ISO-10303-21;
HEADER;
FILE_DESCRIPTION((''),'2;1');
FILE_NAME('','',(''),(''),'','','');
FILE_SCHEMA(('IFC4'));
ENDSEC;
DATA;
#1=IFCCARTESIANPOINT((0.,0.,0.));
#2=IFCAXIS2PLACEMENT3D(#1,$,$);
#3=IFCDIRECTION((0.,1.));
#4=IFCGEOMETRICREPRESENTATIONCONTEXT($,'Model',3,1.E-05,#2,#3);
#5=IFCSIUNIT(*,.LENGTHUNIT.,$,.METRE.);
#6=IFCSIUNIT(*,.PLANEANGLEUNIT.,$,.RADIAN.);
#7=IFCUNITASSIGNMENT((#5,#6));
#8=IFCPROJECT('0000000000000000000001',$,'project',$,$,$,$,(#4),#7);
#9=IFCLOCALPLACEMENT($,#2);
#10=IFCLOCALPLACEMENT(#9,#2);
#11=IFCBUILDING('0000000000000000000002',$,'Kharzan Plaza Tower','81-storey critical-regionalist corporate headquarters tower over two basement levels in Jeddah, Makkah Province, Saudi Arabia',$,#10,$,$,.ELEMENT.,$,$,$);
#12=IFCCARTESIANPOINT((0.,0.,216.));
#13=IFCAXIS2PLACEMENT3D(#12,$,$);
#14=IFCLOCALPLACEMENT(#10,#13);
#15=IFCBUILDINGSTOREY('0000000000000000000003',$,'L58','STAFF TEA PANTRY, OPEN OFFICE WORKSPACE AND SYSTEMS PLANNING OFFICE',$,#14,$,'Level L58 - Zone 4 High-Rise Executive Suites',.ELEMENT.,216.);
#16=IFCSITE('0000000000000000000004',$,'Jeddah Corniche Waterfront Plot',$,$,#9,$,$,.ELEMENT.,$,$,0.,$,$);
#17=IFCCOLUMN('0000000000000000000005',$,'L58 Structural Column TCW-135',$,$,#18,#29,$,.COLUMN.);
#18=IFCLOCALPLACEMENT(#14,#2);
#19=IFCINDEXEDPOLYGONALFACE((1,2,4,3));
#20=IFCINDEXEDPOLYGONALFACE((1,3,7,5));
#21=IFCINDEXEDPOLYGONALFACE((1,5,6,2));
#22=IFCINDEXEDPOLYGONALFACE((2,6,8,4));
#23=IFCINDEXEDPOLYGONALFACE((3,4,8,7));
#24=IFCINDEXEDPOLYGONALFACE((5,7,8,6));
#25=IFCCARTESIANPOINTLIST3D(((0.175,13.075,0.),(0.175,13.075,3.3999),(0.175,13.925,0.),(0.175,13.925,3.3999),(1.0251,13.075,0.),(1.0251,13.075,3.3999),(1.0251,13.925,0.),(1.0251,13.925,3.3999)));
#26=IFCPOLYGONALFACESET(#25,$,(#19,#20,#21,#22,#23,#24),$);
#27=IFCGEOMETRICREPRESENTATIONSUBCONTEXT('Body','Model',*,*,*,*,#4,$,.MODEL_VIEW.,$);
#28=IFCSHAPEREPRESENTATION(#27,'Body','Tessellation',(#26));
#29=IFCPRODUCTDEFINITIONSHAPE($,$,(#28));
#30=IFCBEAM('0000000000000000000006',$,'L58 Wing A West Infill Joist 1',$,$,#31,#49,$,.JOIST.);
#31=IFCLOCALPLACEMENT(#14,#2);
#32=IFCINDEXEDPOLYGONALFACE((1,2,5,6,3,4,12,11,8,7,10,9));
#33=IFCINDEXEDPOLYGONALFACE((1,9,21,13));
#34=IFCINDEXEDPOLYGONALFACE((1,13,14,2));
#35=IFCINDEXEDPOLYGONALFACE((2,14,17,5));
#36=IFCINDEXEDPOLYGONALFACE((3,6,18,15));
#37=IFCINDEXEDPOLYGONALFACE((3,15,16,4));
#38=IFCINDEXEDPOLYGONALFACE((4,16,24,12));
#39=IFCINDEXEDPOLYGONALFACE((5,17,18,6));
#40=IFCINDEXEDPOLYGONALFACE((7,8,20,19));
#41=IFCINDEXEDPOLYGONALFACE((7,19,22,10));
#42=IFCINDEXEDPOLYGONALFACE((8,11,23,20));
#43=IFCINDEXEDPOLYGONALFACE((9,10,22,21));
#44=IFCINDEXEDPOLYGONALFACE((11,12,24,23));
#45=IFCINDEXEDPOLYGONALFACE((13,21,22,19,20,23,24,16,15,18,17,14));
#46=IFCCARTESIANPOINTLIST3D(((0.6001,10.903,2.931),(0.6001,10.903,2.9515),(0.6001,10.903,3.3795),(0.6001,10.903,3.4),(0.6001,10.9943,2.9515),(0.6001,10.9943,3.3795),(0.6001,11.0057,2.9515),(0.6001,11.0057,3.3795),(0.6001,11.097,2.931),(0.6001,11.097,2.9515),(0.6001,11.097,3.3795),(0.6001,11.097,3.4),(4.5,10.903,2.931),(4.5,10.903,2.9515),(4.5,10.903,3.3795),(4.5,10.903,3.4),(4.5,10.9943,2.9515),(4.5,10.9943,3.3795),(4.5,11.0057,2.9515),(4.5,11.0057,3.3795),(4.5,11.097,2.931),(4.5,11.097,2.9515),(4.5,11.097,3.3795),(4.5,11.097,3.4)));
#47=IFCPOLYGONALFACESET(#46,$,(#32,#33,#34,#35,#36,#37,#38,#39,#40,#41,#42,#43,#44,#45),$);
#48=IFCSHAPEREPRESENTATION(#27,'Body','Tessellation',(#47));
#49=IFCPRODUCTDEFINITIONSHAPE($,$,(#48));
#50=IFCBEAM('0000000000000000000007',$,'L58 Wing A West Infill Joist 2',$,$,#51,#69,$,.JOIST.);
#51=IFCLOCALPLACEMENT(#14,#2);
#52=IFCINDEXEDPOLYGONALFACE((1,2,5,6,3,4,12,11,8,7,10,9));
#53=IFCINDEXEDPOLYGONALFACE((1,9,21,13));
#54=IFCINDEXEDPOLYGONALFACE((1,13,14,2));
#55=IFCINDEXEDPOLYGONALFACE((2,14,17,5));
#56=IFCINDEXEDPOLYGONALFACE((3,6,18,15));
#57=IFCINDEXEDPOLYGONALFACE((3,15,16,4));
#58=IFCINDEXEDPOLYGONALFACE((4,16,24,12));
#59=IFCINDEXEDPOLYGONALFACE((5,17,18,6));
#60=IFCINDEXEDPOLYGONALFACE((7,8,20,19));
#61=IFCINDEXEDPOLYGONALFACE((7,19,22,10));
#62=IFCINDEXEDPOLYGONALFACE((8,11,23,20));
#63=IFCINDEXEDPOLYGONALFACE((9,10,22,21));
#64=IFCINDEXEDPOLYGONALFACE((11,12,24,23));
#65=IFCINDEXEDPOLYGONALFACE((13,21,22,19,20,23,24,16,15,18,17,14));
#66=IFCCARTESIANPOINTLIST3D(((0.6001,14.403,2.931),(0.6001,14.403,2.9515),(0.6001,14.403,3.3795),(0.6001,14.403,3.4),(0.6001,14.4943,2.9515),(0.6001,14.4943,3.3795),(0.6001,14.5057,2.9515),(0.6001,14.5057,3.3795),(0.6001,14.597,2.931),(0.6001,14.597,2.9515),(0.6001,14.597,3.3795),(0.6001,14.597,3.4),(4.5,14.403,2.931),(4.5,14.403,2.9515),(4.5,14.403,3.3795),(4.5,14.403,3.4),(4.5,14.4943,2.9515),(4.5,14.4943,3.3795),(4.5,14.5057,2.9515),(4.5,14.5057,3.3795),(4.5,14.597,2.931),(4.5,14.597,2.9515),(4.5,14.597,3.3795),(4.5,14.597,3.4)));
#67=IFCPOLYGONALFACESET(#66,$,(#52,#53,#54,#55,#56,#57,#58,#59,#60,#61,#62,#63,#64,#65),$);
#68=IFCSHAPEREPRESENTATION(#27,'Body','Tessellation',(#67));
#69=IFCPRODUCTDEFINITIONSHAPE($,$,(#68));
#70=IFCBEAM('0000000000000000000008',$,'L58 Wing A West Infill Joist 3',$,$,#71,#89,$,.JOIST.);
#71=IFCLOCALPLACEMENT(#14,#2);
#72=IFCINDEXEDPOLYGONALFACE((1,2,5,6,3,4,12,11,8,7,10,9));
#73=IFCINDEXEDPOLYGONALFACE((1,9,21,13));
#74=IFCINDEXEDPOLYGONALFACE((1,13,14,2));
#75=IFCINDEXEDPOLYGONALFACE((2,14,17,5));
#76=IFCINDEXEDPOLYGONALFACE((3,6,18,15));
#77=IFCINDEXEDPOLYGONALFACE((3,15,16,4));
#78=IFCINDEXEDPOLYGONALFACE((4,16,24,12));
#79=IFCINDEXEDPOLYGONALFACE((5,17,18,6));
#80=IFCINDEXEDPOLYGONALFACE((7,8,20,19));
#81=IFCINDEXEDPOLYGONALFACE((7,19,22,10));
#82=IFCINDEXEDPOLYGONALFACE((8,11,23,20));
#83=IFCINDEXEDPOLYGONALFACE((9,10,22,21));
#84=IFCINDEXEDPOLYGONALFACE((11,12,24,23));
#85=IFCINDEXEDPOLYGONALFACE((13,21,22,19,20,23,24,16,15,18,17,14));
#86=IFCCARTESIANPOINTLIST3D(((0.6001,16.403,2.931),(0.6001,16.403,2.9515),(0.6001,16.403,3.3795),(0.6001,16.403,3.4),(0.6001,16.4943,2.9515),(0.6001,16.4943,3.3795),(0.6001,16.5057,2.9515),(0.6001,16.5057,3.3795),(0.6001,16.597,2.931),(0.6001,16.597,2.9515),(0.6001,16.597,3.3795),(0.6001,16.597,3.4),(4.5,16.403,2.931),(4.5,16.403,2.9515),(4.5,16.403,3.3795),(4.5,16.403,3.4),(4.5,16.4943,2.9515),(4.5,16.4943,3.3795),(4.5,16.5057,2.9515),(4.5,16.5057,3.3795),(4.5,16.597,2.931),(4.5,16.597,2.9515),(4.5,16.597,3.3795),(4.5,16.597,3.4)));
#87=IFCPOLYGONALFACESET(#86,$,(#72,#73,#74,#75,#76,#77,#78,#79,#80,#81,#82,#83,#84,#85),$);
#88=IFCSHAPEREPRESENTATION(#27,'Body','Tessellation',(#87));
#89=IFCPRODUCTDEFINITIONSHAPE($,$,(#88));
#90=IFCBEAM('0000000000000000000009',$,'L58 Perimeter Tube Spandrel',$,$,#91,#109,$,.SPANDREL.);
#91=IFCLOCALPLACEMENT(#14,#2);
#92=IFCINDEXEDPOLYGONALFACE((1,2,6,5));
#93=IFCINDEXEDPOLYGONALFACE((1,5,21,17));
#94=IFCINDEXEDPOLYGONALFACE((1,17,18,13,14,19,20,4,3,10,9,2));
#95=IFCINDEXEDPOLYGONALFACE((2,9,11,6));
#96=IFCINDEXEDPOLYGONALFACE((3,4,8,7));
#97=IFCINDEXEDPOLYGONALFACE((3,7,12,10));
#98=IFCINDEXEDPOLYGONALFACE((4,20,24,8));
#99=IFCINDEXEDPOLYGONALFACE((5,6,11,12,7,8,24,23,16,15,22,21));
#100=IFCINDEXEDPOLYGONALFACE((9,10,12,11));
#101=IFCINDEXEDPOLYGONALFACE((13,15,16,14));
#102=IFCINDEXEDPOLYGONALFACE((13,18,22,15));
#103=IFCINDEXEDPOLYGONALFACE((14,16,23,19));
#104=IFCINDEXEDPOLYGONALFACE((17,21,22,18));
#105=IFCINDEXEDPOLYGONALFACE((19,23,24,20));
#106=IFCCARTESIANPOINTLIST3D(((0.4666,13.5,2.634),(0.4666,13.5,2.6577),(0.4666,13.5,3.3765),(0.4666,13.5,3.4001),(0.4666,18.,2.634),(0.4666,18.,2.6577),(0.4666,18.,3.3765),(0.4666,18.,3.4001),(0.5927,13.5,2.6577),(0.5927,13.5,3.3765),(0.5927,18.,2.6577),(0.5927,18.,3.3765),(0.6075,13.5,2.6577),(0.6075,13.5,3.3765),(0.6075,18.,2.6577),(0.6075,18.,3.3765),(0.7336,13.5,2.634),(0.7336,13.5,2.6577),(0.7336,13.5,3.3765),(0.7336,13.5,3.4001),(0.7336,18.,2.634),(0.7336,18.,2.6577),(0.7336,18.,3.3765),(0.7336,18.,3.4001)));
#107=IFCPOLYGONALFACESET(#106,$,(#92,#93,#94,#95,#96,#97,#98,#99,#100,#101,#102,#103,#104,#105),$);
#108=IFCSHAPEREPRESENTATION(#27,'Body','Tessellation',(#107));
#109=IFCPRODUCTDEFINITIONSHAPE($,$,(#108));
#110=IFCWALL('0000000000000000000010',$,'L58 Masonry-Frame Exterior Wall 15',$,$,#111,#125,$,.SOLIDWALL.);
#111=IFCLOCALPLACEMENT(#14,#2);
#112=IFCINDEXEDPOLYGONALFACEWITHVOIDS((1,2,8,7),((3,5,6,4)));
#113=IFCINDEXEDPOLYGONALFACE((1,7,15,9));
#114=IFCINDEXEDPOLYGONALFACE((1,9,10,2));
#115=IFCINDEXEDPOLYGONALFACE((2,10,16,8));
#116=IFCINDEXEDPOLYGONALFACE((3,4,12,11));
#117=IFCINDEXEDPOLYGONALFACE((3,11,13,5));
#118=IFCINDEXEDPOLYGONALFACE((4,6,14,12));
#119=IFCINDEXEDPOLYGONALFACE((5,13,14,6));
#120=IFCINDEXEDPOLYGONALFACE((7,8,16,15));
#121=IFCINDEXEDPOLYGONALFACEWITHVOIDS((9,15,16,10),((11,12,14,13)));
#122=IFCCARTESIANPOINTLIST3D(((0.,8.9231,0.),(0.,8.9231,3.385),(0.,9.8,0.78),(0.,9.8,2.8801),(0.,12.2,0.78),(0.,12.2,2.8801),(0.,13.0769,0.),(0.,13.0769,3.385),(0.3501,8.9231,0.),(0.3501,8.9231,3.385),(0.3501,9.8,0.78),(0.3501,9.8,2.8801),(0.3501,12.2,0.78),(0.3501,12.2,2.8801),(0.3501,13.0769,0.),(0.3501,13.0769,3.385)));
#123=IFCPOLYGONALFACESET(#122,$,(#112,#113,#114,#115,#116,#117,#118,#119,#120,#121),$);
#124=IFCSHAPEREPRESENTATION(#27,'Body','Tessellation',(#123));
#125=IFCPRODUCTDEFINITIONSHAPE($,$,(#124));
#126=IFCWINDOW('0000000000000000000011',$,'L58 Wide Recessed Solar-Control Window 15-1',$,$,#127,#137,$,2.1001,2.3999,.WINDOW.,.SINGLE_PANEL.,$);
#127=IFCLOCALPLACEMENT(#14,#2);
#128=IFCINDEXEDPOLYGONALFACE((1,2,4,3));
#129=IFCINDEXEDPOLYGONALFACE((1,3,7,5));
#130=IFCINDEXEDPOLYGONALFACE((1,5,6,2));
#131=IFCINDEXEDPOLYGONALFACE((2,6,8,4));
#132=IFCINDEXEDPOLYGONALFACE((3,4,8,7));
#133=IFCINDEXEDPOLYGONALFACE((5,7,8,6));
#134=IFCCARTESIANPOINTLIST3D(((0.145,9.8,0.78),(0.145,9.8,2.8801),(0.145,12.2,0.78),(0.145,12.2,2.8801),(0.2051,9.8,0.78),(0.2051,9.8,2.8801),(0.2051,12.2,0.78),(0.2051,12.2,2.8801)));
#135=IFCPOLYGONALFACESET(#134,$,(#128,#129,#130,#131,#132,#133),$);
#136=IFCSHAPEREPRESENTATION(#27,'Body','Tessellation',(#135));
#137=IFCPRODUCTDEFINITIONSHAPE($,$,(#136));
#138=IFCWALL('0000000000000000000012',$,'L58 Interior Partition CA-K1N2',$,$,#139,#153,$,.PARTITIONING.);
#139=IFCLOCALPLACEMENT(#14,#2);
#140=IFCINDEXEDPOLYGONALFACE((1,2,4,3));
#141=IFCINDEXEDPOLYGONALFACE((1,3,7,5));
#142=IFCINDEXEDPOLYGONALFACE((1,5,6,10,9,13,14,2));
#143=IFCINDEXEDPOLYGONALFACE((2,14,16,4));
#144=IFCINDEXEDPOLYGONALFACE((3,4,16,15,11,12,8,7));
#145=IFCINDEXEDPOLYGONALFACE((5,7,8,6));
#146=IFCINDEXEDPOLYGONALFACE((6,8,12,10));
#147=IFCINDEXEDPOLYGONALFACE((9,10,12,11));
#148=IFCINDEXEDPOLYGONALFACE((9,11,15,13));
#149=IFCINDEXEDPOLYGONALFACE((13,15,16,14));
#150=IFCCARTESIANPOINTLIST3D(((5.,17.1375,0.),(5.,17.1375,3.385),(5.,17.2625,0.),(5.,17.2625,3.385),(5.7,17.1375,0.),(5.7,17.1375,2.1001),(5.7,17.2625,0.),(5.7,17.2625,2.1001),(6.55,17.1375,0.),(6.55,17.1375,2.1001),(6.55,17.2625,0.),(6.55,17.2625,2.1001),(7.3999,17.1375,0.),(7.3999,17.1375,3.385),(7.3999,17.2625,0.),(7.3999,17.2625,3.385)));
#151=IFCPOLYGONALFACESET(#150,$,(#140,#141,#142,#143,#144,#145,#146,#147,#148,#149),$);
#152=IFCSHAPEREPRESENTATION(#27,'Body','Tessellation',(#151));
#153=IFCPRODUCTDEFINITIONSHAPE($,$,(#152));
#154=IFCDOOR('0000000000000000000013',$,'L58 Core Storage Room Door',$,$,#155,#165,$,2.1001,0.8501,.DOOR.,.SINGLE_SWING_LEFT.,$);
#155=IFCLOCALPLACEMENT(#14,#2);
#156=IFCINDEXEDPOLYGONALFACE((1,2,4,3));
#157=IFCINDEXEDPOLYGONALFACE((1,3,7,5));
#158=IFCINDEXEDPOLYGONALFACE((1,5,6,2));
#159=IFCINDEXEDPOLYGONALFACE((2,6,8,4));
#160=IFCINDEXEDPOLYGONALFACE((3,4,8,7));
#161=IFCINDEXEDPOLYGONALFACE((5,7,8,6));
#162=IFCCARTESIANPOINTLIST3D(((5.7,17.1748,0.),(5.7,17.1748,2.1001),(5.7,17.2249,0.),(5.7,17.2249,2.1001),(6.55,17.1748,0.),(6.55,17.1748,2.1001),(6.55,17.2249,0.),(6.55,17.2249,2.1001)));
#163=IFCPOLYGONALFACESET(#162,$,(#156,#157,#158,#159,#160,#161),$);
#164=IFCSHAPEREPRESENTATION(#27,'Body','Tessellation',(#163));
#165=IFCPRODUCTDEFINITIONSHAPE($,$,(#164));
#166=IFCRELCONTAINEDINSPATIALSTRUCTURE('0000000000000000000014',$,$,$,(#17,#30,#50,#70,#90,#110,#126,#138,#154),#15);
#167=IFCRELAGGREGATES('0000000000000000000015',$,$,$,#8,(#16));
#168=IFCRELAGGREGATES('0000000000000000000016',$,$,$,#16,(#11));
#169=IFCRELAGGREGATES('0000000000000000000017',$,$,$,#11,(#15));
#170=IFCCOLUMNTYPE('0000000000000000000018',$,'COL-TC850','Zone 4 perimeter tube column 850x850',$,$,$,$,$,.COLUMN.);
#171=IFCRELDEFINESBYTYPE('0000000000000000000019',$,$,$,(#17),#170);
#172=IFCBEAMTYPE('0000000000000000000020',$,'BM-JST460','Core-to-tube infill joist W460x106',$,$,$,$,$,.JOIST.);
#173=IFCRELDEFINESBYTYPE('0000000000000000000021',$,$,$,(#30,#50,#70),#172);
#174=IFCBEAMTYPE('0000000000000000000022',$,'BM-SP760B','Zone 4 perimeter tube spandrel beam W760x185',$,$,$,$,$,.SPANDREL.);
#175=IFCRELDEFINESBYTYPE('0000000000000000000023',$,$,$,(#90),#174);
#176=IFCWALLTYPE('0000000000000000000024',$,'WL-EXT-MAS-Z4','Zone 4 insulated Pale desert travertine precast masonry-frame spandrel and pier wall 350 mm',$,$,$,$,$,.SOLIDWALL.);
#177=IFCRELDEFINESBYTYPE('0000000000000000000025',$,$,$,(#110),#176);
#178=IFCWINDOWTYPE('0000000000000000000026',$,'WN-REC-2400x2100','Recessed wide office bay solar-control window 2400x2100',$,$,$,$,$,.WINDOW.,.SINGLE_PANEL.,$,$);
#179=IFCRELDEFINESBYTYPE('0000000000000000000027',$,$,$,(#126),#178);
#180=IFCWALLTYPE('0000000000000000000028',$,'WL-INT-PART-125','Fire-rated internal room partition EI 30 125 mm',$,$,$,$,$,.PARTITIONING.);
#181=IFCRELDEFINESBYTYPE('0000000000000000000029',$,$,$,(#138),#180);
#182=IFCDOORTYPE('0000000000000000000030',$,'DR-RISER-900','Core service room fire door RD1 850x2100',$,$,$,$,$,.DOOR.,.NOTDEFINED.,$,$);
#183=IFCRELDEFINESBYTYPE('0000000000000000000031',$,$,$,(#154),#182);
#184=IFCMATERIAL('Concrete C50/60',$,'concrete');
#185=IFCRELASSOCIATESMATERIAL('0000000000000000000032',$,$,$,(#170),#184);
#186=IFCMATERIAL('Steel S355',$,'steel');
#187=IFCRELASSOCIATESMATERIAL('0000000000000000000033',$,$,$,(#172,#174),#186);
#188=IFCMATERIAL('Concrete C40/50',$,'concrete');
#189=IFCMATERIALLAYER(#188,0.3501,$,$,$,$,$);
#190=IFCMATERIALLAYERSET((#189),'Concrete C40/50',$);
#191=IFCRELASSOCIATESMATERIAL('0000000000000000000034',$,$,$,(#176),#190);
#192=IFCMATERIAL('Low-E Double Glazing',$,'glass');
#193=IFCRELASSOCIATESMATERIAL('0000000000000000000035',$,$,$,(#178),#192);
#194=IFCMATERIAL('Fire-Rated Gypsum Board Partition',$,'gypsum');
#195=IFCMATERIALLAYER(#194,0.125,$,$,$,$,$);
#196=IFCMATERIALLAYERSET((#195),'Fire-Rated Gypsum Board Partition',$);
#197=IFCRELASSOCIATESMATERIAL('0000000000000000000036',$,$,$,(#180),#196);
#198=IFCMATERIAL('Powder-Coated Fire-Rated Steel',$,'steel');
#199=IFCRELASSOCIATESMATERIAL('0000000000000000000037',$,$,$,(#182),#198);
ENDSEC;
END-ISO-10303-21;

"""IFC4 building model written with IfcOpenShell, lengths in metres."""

from ifc_helpers import new_model, si_unit, direction, frame, frame_2d, origin, origin_2d, place, context, subcontext, project, spatial, rectangle, i_section, extrude, source, transform, mapped, material, layer, layer_set, material_profile, profile_set, type_object, element, fill, save


model = new_model("IFC4")

# Units and contexts
model_context = context("Model", 3, precision=1e-05, world=origin(), true_north=direction((0.0, 1.0)))
body_context = subcontext(model_context, "Body", "Model", "MODEL_VIEW")
ifc_project = project(units=[si_unit("LENGTHUNIT", "METRE"), si_unit("PLANEANGLEUNIT", "RADIAN")], contexts=[model_context])

# Site, building, storey
site_placement = place(None, origin())
site = spatial("IfcSite", under=ifc_project, at=site_placement, Name="Jeddah Corniche Waterfront Plot", CompositionType="ELEMENT", RefElevation=0.0)
building_placement = place(site_placement, origin())
building = spatial("IfcBuilding", under=site, at=building_placement, Name="Kharzan Plaza Tower", Description="81-storey critical-regionalist corporate headquarters tower over two basement levels in Jeddah, Makkah Province, Saudi Arabia", CompositionType="ELEMENT")
storey_placement = place(building_placement, frame((0.0, 0.0, 216.0)))
storey = spatial("IfcBuildingStorey", under=building, at=storey_placement, Name="L58", Description="STAFF TEA PANTRY, OPEN OFFICE WORKSPACE AND SYSTEMS PLANNING OFFICE", LongName="Level L58 - Zone 4 High-Rise Executive Suites", CompositionType="ELEMENT", Elevation=216.0)

# Column
ifc_material_1 = material(Name="Concrete C50/60", Category="concrete")
ifc_material_profile_1 = material_profile(ifc_material_1, rectangle(XDim=0.8501, YDim=0.8501, at=origin_2d()), Name="RC-TC850x850")
ifc_profile_set_1 = profile_set([ifc_material_profile_1], Name="Concrete C50/60")
column_type = type_object("IfcColumnType", Name="COL-TC850", Description="Zone 4 perimeter tube column 850x850", PredefinedType="COLUMN", material=ifc_profile_set_1)
shared_shape_1 = source(origin(), body_context, "Body", "SweptSolid", [
    extrude(rectangle(XDim=0.8501, YDim=0.8501, at=origin_2d()), origin(), (0.0, 0.0, 1.0), 3.3999),
])
column_placement = place(storey_placement, frame((0.6001, 13.5, 0.0), z_axis=(0.0, 0.0, 1.0), x_axis=(1.0, 0.0, 0.0)))
element("IfcColumn", 1, at=column_placement, inside=storey, type_object=column_type, Name="L58 Structural Column TCW-135", PredefinedType="COLUMN", context=body_context, shape_type="MappedRepresentation", body=[
    mapped(shared_shape_1, transform((0.0, 0.0, 0.0), x_axis=(1.0, 0.0, 0.0), y_axis=(0.0, 1.0, 0.0), z_axis=(0.0, 0.0, 1.0))),
])

# Beams
ifc_material_2 = material(Name="Steel S355", Category="steel")
ifc_material_profile_2 = material_profile(ifc_material_2, i_section(OverallWidth=0.1941, OverallDepth=0.469, WebThickness=0.0115, FlangeThickness=0.0205, at=origin_2d()), Name="W460x106")
ifc_profile_set_2 = profile_set([ifc_material_profile_2], Name="Steel S355")
beam_type_1 = type_object("IfcBeamType", Name="BM-JST460", Description="Core-to-tube infill joist W460x106", PredefinedType="JOIST", material=ifc_profile_set_2)
shared_shape_2 = source(origin(), body_context, "Body", "SweptSolid", [
    extrude(i_section(OverallWidth=0.1941, OverallDepth=0.469, WebThickness=0.0115, FlangeThickness=0.0205, at=origin_2d()), origin(), (0.0, 0.0, 1.0), 3.8999),
])
for number, where, z_axis, x_axis, name in (
    (2, (0.6001, 11.0, 3.1655), (1.0, 0.0, 0.0), (0.0, 1.0, 0.0), "L58 Wing A West Infill Joist 1"),
    (3, (0.6001, 14.5, 3.1655), (1.0, 0.0, 0.0), (0.0, 1.0, 0.0), "L58 Wing A West Infill Joist 2"),
    (4, (0.6001, 16.5, 3.1655), (1.0, 0.0, 0.0), (0.0, 1.0, 0.0), "L58 Wing A West Infill Joist 3"),
):
    element("IfcBeam", number, at=place(storey_placement, frame(where, z_axis=z_axis, x_axis=x_axis)), inside=storey, type_object=beam_type_1, Name=name, PredefinedType="JOIST", context=body_context, shape_type="MappedRepresentation", body=[
        mapped(shared_shape_2, transform((0.0, 0.0, 0.0), x_axis=(1.0, 0.0, 0.0), y_axis=(0.0, 1.0, 0.0), z_axis=(0.0, 0.0, 1.0))),
    ])
ifc_material_profile_3 = material_profile(ifc_material_2, i_section(OverallWidth=0.2671, OverallDepth=0.7661, WebThickness=0.0149, FlangeThickness=0.0237, at=origin_2d()), Name="W760x185")
ifc_profile_set_3 = profile_set([ifc_material_profile_3], Name="Steel S355")
beam_type_2 = type_object("IfcBeamType", Name="BM-SP760B", Description="Zone 4 perimeter tube spandrel beam W760x185", PredefinedType="SPANDREL", material=ifc_profile_set_3)
shared_shape_3 = source(origin(), body_context, "Body", "SweptSolid", [
    extrude(i_section(OverallWidth=0.2671, OverallDepth=0.7661, WebThickness=0.0149, FlangeThickness=0.0237, at=origin_2d()), origin(), (0.0, 0.0, 1.0), 4.5),
])
beam_placement = place(storey_placement, frame((0.6001, 13.5, 3.0171), z_axis=(0.0, 1.0, 0.0), x_axis=(-1.0, 0.0, 0.0)))
element("IfcBeam", 5, at=beam_placement, inside=storey, type_object=beam_type_2, Name="L58 Perimeter Tube Spandrel", PredefinedType="SPANDREL", context=body_context, shape_type="MappedRepresentation", body=[
    mapped(shared_shape_3, transform((0.0, 0.0, 0.0), x_axis=(1.0, 0.0, 0.0), y_axis=(0.0, 1.0, 0.0), z_axis=(0.0, 0.0, 1.0))),
])

# Wall, opening, window
ifc_material_3 = material(Name="Concrete C40/50", Category="concrete")
ifc_layer_1 = layer(ifc_material_3, 0.3501)
ifc_layer_set_1 = layer_set([ifc_layer_1], Name="Concrete C40/50")
wall_type_1 = type_object("IfcWallType", Name="WL-EXT-MAS-Z4", Description="Zone 4 insulated Pale desert travertine precast masonry-frame spandrel and pier wall 350 mm", PredefinedType="SOLIDWALL", material=ifc_layer_set_1)
wall_1_placement = place(storey_placement, frame((0.175, 13.0769, 0.0), z_axis=(0.0, 0.0, 1.0), x_axis=(0.0, -1.0, 0.0)))
wall_1 = element("IfcWall", 6, at=wall_1_placement, inside=storey, type_object=wall_type_1, Name="L58 Masonry-Frame Exterior Wall 15", PredefinedType="SOLIDWALL", context=body_context, shape_type="SweptSolid", body=[
    extrude(rectangle(XDim=4.1538, YDim=0.3501, at=frame_2d((2.0769, 0.0))), origin(), (0.0, 0.0, 1.0), 3.385),
])
opening_1_placement = place(wall_1_placement, frame((0.877, 0.0, 0.78)))
opening_1 = element("IfcOpeningElement", 7, at=opening_1_placement, cuts=wall_1, PredefinedType="OPENING", context=body_context, shape_type="SweptSolid", body=[
    extrude(rectangle(XDim=2.3999, YDim=2.1001, at=frame_2d((1.2, 1.05))), frame((0.0, 0.1851, 0.0), z_axis=(0.0, -1.0, 0.0), x_axis=(1.0, 0.0, 0.0)), (0.0, 0.0, 1.0), 0.3701),
])
ifc_material_4 = material(Name="Low-E Double Glazing", Category="glass")
window_type = type_object("IfcWindowType", Name="WN-REC-2400x2100", Description="Recessed wide office bay solar-control window 2400x2100", PartitioningType="SINGLE_PANEL", PredefinedType="WINDOW", material=ifc_material_4)
shared_shape_4 = source(origin(), body_context, "Body", "SweptSolid", [
    extrude(rectangle(XDim=2.3999, YDim=2.1001, at=frame_2d((1.2, 1.05))), frame((0.0, 0.03, 0.0), z_axis=(0.0, -1.0, 0.0), x_axis=(1.0, 0.0, 0.0)), (0.0, 0.0, 1.0), 0.0601),
])
window_placement = place(opening_1_placement, origin())
window = element("IfcWindow", 8, at=window_placement, inside=storey, type_object=window_type, Name="L58 Wide Recessed Solar-Control Window 15-1", OverallHeight=2.1001, OverallWidth=2.3999, PartitioningType="SINGLE_PANEL", PredefinedType="WINDOW", context=body_context, shape_type="MappedRepresentation", body=[
    mapped(shared_shape_4, transform((0.0, 0.0, 0.0), x_axis=(1.0, 0.0, 0.0), y_axis=(0.0, 1.0, 0.0), z_axis=(0.0, 0.0, 1.0))),
])
fill(opening_1, window)

# Wall, opening, door
ifc_material_5 = material(Name="Fire-Rated Gypsum Board Partition", Category="gypsum")
ifc_layer_2 = layer(ifc_material_5, 0.125)
ifc_layer_set_2 = layer_set([ifc_layer_2], Name="Fire-Rated Gypsum Board Partition")
wall_type_2 = type_object("IfcWallType", Name="WL-INT-PART-125", Description="Fire-rated internal room partition EI 30 125 mm", PredefinedType="PARTITIONING", material=ifc_layer_set_2)
wall_2_placement = place(storey_placement, frame((5.0, 17.2, 0.0), z_axis=(0.0, 0.0, 1.0), x_axis=(1.0, 0.0, 0.0)))
wall_2 = element("IfcWall", 9, at=wall_2_placement, inside=storey, type_object=wall_type_2, Name="L58 Interior Partition CA-K1N2", PredefinedType="PARTITIONING", context=body_context, shape_type="SweptSolid", body=[
    extrude(rectangle(XDim=2.3999, YDim=0.125, at=frame_2d((1.2, 0.0))), origin(), (0.0, 0.0, 1.0), 3.385),
])
opening_2_placement = place(wall_2_placement, frame((0.7, 0.0, 0.0)))
opening_2 = element("IfcOpeningElement", 10, at=opening_2_placement, cuts=wall_2, PredefinedType="OPENING", context=body_context, shape_type="SweptSolid", body=[
    extrude(rectangle(XDim=0.8501, YDim=2.1001, at=frame_2d((0.425, 1.05))), frame((0.0, 0.0725, 0.0), z_axis=(0.0, -1.0, 0.0), x_axis=(1.0, 0.0, 0.0)), (0.0, 0.0, 1.0), 0.145),
])
ifc_material_6 = material(Name="Powder-Coated Fire-Rated Steel", Category="steel")
door_type_1 = type_object("IfcDoorType", Name="DR-RISER-900", Description="Core service room fire door RD1 850x2100", OperationType="NOTDEFINED", PredefinedType="DOOR", material=ifc_material_6)
shared_shape_5 = source(origin(), body_context, "Body", "SweptSolid", [
    extrude(rectangle(XDim=0.8501, YDim=2.1001, at=frame_2d((0.425, 1.05))), frame((0.0, 0.0249, 0.0), z_axis=(0.0, -1.0, 0.0), x_axis=(1.0, 0.0, 0.0)), (0.0, 0.0, 1.0), 0.05),
])
door_1_placement = place(opening_2_placement, origin())
door_1 = element("IfcDoor", 11, at=door_1_placement, inside=storey, type_object=door_type_1, Name="L58 Core Storage Room Door", OperationType="SINGLE_SWING_LEFT", OverallHeight=2.1001, OverallWidth=0.8501, PredefinedType="DOOR", context=body_context, shape_type="MappedRepresentation", body=[
    mapped(shared_shape_5, transform((0.0, 0.0, 0.0), x_axis=(1.0, 0.0, 0.0), y_axis=(0.0, 1.0, 0.0), z_axis=(0.0, 0.0, 1.0))),
])
fill(opening_2, door_1)

save(model, "model.ifc")
